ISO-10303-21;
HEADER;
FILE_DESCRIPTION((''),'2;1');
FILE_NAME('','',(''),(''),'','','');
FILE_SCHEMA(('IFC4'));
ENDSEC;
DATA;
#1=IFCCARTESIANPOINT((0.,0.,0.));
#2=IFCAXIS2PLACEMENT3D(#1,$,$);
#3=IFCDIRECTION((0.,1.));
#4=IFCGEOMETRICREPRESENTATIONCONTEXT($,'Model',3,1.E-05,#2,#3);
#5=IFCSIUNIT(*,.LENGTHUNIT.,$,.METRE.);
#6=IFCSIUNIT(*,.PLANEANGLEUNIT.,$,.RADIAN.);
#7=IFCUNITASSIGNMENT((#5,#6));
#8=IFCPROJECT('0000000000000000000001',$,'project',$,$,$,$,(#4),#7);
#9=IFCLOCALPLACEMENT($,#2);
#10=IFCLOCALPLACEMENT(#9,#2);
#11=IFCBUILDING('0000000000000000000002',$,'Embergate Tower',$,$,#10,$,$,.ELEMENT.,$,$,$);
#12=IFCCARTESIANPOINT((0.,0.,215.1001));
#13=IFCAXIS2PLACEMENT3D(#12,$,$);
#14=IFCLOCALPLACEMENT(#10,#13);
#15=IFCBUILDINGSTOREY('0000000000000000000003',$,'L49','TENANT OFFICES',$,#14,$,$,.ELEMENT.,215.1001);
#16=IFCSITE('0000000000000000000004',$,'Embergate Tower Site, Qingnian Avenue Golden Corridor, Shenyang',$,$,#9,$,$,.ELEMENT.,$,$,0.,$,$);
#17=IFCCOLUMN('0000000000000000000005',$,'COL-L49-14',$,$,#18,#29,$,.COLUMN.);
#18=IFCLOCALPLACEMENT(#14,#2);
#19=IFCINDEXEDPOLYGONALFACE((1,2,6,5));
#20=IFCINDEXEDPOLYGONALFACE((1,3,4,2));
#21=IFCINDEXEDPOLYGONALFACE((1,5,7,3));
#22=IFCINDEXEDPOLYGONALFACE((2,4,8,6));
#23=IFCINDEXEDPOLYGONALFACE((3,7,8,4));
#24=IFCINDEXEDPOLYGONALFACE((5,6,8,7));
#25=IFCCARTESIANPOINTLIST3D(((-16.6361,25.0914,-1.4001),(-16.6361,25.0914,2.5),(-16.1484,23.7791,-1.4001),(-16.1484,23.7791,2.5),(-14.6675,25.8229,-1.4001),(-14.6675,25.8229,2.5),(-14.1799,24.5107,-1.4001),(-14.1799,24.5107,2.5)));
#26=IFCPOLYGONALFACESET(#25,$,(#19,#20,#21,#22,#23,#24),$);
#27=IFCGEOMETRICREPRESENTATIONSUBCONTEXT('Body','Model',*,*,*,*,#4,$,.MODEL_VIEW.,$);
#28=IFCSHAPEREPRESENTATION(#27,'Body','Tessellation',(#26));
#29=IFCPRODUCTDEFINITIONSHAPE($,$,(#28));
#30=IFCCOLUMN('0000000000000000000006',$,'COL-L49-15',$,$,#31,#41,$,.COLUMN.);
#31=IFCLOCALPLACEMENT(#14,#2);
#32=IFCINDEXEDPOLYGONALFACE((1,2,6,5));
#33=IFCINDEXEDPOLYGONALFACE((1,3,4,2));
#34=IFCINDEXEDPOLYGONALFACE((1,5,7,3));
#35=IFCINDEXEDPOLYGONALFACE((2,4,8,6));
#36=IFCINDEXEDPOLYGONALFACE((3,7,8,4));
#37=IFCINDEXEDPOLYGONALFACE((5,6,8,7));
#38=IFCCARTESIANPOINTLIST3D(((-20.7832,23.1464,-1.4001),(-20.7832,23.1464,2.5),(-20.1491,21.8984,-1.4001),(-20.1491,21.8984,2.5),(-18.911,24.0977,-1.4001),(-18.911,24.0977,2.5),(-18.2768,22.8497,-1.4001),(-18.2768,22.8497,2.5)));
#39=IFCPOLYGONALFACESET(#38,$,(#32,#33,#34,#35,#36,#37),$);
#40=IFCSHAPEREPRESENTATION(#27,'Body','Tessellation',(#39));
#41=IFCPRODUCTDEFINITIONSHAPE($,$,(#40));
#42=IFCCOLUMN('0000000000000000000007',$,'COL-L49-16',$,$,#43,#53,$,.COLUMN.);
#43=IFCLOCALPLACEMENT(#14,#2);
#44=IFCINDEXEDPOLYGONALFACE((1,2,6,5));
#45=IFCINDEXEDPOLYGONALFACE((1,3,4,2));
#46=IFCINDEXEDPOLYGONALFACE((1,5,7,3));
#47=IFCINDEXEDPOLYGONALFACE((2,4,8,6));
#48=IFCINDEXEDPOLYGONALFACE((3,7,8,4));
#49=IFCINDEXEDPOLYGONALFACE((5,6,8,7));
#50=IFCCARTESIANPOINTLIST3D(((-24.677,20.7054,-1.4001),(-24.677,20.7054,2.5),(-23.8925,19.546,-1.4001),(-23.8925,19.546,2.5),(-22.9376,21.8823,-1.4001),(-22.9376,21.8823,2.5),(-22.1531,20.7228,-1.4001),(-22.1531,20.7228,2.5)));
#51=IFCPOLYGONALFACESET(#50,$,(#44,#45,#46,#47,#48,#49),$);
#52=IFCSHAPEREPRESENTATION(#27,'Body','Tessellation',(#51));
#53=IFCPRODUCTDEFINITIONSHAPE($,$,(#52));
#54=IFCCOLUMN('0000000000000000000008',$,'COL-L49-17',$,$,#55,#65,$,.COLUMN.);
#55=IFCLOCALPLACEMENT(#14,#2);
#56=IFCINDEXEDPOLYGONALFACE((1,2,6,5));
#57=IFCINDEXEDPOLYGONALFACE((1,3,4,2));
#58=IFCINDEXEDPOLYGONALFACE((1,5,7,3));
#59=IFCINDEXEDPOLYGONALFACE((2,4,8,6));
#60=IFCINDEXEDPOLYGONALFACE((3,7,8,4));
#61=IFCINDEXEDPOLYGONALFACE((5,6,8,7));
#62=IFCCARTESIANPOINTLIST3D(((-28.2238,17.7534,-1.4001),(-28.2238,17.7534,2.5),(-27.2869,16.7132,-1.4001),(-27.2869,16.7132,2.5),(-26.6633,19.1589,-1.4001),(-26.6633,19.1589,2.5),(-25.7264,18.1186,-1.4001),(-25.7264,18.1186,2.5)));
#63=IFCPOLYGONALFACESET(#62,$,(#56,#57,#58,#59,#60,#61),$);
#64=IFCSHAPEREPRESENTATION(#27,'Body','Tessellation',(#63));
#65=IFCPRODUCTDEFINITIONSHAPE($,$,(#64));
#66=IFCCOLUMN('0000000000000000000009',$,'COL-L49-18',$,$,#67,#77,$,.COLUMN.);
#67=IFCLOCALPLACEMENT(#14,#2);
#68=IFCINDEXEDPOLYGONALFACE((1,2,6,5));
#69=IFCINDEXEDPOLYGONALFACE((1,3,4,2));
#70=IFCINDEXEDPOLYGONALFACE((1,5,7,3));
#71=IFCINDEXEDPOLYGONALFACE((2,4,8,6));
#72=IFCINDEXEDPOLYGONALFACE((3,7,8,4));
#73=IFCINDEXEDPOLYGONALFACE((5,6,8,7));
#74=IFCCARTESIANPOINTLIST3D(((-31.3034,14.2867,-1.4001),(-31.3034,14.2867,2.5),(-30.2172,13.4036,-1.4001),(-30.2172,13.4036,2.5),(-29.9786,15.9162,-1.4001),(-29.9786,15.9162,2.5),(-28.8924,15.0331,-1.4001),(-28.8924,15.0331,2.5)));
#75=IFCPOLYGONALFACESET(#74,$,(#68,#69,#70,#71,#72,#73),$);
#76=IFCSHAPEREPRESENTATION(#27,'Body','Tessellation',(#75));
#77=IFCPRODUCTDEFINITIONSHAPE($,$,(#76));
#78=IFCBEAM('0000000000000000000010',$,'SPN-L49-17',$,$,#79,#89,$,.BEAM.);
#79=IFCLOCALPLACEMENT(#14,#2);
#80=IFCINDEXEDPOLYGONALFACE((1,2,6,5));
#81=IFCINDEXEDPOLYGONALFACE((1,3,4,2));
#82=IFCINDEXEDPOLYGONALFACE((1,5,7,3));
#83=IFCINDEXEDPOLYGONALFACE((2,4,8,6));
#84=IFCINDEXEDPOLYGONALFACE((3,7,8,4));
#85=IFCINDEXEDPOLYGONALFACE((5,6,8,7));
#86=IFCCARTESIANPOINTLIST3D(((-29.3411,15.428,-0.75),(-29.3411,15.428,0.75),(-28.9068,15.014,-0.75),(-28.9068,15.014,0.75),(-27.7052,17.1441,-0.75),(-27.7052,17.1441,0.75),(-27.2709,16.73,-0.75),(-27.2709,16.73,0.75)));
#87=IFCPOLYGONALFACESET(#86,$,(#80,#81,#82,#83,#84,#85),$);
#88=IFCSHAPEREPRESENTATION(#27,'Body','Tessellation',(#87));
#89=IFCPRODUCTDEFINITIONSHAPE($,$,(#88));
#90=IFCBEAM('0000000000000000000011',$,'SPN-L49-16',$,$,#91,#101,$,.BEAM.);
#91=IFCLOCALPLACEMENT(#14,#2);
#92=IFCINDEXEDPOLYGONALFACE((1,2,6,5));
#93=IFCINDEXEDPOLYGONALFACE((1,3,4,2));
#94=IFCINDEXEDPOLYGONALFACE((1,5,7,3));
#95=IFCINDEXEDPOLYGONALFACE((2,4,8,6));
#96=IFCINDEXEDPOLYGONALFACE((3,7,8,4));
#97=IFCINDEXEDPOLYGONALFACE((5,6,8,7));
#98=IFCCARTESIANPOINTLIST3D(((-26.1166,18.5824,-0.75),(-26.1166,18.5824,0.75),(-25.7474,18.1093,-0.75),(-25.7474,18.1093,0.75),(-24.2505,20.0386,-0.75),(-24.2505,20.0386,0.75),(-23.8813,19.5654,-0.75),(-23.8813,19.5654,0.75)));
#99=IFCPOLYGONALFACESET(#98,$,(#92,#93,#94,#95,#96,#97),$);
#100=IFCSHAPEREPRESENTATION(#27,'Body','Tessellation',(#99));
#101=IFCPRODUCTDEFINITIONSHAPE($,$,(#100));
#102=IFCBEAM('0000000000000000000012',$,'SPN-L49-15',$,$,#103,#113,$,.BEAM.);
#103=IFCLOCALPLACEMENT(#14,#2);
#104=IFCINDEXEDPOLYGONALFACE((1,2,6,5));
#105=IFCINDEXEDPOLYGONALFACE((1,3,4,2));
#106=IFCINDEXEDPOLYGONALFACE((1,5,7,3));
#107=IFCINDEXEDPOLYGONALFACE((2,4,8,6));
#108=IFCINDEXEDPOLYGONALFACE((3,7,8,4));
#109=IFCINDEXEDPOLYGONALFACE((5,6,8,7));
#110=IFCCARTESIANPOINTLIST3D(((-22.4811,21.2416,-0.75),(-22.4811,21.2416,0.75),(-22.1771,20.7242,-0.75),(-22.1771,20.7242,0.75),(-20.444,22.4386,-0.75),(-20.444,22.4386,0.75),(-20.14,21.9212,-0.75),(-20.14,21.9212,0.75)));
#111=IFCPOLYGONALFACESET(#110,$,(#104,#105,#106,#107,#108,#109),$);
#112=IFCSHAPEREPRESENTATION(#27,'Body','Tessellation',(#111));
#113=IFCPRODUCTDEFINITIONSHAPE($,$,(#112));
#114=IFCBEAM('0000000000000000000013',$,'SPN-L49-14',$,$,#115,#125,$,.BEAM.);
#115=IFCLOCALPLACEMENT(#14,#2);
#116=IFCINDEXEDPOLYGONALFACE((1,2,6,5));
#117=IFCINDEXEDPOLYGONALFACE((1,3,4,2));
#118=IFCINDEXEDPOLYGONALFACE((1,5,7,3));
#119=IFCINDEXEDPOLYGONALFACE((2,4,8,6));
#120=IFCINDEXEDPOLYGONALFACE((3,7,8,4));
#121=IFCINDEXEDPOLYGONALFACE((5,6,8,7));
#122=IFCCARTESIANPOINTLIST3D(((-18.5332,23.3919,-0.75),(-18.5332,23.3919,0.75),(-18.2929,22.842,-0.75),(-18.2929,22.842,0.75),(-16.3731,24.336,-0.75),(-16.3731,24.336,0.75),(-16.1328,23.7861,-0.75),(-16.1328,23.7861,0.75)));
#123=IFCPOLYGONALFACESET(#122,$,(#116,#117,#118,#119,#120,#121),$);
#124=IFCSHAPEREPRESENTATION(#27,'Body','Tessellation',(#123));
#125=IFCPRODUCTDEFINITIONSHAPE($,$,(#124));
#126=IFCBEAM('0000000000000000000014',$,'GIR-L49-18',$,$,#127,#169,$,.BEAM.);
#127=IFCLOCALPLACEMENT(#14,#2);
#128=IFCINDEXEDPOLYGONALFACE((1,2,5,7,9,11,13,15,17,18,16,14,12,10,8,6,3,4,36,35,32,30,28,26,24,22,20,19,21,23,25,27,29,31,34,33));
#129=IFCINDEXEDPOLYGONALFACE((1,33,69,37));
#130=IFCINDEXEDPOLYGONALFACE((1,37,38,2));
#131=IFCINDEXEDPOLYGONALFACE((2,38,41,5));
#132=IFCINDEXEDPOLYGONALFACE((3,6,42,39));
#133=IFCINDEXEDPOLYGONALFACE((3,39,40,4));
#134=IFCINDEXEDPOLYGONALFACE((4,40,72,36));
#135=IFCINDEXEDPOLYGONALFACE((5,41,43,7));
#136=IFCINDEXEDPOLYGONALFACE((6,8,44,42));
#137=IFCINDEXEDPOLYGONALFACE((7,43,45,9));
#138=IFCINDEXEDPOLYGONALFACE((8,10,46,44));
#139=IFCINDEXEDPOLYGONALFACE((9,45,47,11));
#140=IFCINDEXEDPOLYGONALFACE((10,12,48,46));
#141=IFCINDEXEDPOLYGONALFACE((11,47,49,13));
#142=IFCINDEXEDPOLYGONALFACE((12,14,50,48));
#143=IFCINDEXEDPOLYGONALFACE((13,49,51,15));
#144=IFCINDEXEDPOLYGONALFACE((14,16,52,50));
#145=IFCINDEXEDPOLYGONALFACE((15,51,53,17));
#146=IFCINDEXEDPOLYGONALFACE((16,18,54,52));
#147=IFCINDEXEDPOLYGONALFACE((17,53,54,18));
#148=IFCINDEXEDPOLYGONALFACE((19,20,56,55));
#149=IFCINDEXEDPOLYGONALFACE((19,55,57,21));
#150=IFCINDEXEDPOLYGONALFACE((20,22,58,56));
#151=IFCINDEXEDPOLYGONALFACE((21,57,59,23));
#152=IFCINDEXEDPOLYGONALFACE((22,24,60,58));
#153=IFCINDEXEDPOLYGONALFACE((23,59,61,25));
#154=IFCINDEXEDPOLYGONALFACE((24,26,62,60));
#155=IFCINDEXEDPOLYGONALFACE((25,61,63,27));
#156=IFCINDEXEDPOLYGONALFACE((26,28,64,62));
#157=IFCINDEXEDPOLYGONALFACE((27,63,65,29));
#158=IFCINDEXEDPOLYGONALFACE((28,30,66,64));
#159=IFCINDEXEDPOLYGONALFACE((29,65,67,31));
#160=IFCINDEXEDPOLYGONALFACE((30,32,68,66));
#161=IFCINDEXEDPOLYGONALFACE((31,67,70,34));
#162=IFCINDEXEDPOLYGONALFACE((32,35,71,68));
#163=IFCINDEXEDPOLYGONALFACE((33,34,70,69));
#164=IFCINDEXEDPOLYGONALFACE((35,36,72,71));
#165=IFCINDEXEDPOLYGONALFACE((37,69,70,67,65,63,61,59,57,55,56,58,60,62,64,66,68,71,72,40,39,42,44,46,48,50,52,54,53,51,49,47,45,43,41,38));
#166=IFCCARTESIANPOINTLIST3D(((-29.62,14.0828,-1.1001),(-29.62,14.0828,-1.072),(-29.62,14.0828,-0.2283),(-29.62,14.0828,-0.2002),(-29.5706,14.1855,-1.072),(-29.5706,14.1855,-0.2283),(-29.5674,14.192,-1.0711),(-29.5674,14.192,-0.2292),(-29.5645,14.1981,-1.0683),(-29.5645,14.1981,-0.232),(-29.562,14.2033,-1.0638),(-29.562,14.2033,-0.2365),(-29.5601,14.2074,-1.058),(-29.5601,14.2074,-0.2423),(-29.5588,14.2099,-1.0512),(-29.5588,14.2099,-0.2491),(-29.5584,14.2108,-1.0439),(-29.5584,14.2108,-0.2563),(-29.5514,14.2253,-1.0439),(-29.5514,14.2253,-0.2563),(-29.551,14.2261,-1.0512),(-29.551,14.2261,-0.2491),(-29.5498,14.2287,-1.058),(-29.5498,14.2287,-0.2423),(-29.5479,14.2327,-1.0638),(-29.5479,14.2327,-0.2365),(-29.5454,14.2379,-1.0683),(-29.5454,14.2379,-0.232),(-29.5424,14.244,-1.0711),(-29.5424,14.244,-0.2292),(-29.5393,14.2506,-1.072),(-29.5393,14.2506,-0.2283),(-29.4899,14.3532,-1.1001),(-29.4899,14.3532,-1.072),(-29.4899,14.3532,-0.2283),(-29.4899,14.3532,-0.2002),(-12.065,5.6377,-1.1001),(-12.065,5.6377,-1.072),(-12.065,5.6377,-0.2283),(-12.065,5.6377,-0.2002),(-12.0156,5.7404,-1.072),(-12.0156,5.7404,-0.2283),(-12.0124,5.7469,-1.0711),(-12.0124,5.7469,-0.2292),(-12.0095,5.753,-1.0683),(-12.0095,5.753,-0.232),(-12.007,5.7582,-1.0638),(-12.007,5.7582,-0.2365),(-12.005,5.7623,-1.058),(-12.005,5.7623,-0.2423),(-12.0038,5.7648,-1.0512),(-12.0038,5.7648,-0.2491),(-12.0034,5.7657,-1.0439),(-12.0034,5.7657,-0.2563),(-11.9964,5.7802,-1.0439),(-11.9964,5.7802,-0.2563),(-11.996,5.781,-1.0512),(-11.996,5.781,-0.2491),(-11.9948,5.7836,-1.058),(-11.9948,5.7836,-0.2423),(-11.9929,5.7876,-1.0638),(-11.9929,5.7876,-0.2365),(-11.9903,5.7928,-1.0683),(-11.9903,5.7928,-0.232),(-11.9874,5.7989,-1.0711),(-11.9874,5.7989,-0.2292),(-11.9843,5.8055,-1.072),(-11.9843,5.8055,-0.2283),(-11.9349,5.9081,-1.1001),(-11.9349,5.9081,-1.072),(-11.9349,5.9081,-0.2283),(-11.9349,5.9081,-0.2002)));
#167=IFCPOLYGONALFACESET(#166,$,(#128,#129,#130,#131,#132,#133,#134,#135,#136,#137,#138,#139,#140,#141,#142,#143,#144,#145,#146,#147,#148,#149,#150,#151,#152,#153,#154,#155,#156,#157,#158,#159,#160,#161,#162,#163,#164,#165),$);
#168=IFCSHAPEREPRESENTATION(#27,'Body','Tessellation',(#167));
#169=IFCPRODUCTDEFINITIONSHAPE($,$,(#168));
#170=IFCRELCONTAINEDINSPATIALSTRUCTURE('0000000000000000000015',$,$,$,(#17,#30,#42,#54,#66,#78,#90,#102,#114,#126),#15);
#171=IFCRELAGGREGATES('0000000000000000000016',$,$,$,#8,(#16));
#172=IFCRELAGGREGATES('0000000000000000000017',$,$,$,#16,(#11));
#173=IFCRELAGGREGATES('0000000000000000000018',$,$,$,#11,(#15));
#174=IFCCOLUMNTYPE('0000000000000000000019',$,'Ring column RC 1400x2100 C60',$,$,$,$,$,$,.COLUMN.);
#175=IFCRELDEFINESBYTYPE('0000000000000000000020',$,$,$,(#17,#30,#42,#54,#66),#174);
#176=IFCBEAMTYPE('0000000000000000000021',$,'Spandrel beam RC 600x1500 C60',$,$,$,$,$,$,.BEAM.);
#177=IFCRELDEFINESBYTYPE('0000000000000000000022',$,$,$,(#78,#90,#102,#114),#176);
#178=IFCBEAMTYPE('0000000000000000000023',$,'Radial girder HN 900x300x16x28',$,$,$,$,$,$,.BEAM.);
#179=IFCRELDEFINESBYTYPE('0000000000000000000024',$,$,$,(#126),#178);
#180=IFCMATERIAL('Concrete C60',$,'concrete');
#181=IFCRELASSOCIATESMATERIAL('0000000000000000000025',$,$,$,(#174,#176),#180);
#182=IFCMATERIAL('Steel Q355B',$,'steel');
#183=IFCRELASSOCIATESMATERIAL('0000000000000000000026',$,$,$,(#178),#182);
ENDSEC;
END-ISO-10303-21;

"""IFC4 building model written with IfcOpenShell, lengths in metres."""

from ifc_helpers import new_model, si_unit, direction, frame, origin, origin_2d, place, context, subcontext, project, spatial, rectangle, i_section, extrude, source, transform, mapped, material, material_profile, profile_set, type_object, element, save


model = new_model("IFC4")

# Units and contexts
model_context = context("Model", 3, precision=1e-05, world=origin(), true_north=direction((0.0, 1.0)))
body_context = subcontext(model_context, "Body", "Model", "MODEL_VIEW")
ifc_project = project(units=[si_unit("LENGTHUNIT", "METRE"), si_unit("PLANEANGLEUNIT", "RADIAN")], contexts=[model_context])

# Site, building, storey
site_placement = place(None, origin())
site = spatial("IfcSite", under=ifc_project, at=site_placement, Name="Embergate Tower Site, Qingnian Avenue Golden Corridor, Shenyang", CompositionType="ELEMENT", RefElevation=0.0)
building_placement = place(site_placement, origin())
building = spatial("IfcBuilding", under=site, at=building_placement, Name="Embergate Tower", CompositionType="ELEMENT")
storey_placement = place(building_placement, frame((0.0, 0.0, 215.1001)))
storey = spatial("IfcBuildingStorey", under=building, at=storey_placement, Name="L49", Description="TENANT OFFICES", CompositionType="ELEMENT", Elevation=215.1001)

# Columns
ifc_material_1 = material(Name="Concrete C60", Category="concrete")
ifc_material_profile_1 = material_profile(ifc_material_1, rectangle(XDim=1.3999, YDim=2.1001, at=origin_2d()), Name="RC 1400x2100")
ifc_profile_set_1 = profile_set([ifc_material_profile_1], Name="Concrete C60")
column_type = type_object("IfcColumnType", Name="Ring column RC 1400x2100 C60", PredefinedType="COLUMN", material=ifc_profile_set_1)
shared_shape_1 = source(origin(), body_context, "Body", "SweptSolid", [
    extrude(rectangle(XDim=1.3999, YDim=2.1001, at=origin_2d()), origin(), (0.0, 0.0, 1.0), 3.9001),
])
for number, where, z_axis, x_axis, name in (
    (1, (-15.408, 24.801, -1.4001), (0.0, 0.0, 1.0), (-0.348343, 0.937367, 0.0), "COL-L49-14"),
    (2, (-19.53, 22.998, -1.4001), (0.0, 0.0, 1.0), (-0.453011, 0.891505, 0.0), "COL-L49-15"),
    (3, (-23.415, 20.7141, -1.4001), (0.0, 0.0, 1.0), (-0.560393, 0.828227, 0.0), "COL-L49-16"),
    (4, (-26.9751, 17.936, -1.4001), (0.0, 0.0, 1.0), (-0.669221, 0.743063, 0.0), "COL-L49-17"),
    (5, (-30.0979, 14.6599, -1.4001), (0.0, 0.0, 1.0), (-0.775925, 0.630825, 0.0), "COL-L49-18"),
):
    element("IfcColumn", number, at=place(storey_placement, frame(where, z_axis=z_axis, x_axis=x_axis)), inside=storey, type_object=column_type, Name=name, PredefinedType="COLUMN", context=body_context, shape_type="MappedRepresentation", body=[
        mapped(shared_shape_1, transform((0.0, 0.0, 0.0))),
    ])

# Beams
ifc_material_profile_2 = material_profile(ifc_material_1, rectangle(XDim=0.6001, YDim=1.5, at=origin_2d()), Name="RC 600x1500")
ifc_profile_set_2 = profile_set([ifc_material_profile_2], Name="Concrete C60")
beam_type_1 = type_object("IfcBeamType", Name="Spandrel beam RC 600x1500 C60", PredefinedType="BEAM", material=ifc_profile_set_2)
shared_shape_2 = source(origin(), body_context, "Body", "SweptSolid", [
    extrude(rectangle(XDim=0.6001, YDim=1.5, at=origin_2d()), origin(), (0.0, 0.0, 1.0), 2.3708),
])
beam_1_placement = place(storey_placement, frame((-27.488, 16.937, 0.0), z_axis=(-0.690018, -0.723793, 0.0), x_axis=(0.723793, -0.690018, 0.0)))
element("IfcBeam", 6, at=beam_1_placement, inside=storey, type_object=beam_type_1, Name="SPN-L49-17", PredefinedType="BEAM", context=body_context, shape_type="MappedRepresentation", body=[
    mapped(shared_shape_2, transform((0.0, 0.0, 0.0))),
])
shared_shape_3 = source(origin(), body_context, "Body", "SweptSolid", [
    extrude(rectangle(XDim=0.6001, YDim=1.5, at=origin_2d()), origin(), (0.0, 0.0, 1.0), 2.3669),
])
beam_2_placement = place(storey_placement, frame((-24.0659, 19.802, 0.0), z_axis=(-0.788379, -0.61519, 0.0), x_axis=(0.61519, -0.788379, 0.0)))
element("IfcBeam", 7, at=beam_2_placement, inside=storey, type_object=beam_type_1, Name="SPN-L49-16", PredefinedType="BEAM", context=body_context, shape_type="MappedRepresentation", body=[
    mapped(shared_shape_3, transform((0.0, 0.0, 0.0))),
])
shared_shape_4 = source(origin(), body_context, "Body", "SweptSolid", [
    extrude(rectangle(XDim=0.6001, YDim=1.5, at=origin_2d()), origin(), (0.0, 0.0, 1.0), 2.3628),
])
beam_3_placement = place(storey_placement, frame((-20.292, 22.1799, 0.0), z_axis=(-0.862171, -0.506618, 0.0), x_axis=(0.506618, -0.862171, 0.0)))
element("IfcBeam", 8, at=beam_3_placement, inside=storey, type_object=beam_type_1, Name="SPN-L49-15", PredefinedType="BEAM", context=body_context, shape_type="MappedRepresentation", body=[
    mapped(shared_shape_4, transform((0.0, 0.0, 0.0))),
])
shared_shape_5 = source(origin(), body_context, "Body", "SweptSolid", [
    extrude(rectangle(XDim=0.6001, YDim=1.5, at=origin_2d()), origin(), (0.0, 0.0, 1.0), 2.3574),
])
beam_4_placement = place(storey_placement, frame((-16.2529, 24.061, 0.0), z_axis=(-0.916309, -0.400471, 0.0), x_axis=(0.400471, -0.916309, 0.0)))
element("IfcBeam", 9, at=beam_4_placement, inside=storey, type_object=beam_type_1, Name="SPN-L49-14", PredefinedType="BEAM", context=body_context, shape_type="MappedRepresentation", body=[
    mapped(shared_shape_5, transform((0.0, 0.0, 0.0))),
])
ifc_material_2 = material(Name="Steel Q355B", Category="steel")
ifc_material_profile_3 = material_profile(ifc_material_2, i_section(OverallWidth=0.3, OverallDepth=0.8999, WebThickness=0.0161, FlangeThickness=0.0281, FilletRadius=0.0281, at=origin_2d()), Name="HN 900x300x16x28")
ifc_profile_set_3 = profile_set([ifc_material_profile_3], Name="Steel Q355 grade B")
beam_type_2 = type_object("IfcBeamType", Name="Radial girder HN 900x300x16x28", PredefinedType="BEAM", material=ifc_profile_set_3)
shared_shape_6 = source(origin(), body_context, "Body", "SweptSolid", [
    extrude(i_section(OverallWidth=0.3, OverallDepth=0.8999, WebThickness=0.0161, FlangeThickness=0.0281, FilletRadius=0.0281, at=origin_2d()), origin(), (0.0, 0.0, 1.0), 19.4807),
])
beam_5_placement = place(storey_placement, frame((-29.5549, 14.218, -0.6501), z_axis=(0.901148, -0.433511, 0.0), x_axis=(0.433511, 0.901148, 0.0)))
element("IfcBeam", 10, at=beam_5_placement, inside=storey, type_object=beam_type_2, Name="GIR-L49-18", PredefinedType="BEAM", context=body_context, shape_type="MappedRepresentation", body=[
    mapped(shared_shape_6, transform((0.0, 0.0, 0.0))),
])

save(model, "model.ifc")
